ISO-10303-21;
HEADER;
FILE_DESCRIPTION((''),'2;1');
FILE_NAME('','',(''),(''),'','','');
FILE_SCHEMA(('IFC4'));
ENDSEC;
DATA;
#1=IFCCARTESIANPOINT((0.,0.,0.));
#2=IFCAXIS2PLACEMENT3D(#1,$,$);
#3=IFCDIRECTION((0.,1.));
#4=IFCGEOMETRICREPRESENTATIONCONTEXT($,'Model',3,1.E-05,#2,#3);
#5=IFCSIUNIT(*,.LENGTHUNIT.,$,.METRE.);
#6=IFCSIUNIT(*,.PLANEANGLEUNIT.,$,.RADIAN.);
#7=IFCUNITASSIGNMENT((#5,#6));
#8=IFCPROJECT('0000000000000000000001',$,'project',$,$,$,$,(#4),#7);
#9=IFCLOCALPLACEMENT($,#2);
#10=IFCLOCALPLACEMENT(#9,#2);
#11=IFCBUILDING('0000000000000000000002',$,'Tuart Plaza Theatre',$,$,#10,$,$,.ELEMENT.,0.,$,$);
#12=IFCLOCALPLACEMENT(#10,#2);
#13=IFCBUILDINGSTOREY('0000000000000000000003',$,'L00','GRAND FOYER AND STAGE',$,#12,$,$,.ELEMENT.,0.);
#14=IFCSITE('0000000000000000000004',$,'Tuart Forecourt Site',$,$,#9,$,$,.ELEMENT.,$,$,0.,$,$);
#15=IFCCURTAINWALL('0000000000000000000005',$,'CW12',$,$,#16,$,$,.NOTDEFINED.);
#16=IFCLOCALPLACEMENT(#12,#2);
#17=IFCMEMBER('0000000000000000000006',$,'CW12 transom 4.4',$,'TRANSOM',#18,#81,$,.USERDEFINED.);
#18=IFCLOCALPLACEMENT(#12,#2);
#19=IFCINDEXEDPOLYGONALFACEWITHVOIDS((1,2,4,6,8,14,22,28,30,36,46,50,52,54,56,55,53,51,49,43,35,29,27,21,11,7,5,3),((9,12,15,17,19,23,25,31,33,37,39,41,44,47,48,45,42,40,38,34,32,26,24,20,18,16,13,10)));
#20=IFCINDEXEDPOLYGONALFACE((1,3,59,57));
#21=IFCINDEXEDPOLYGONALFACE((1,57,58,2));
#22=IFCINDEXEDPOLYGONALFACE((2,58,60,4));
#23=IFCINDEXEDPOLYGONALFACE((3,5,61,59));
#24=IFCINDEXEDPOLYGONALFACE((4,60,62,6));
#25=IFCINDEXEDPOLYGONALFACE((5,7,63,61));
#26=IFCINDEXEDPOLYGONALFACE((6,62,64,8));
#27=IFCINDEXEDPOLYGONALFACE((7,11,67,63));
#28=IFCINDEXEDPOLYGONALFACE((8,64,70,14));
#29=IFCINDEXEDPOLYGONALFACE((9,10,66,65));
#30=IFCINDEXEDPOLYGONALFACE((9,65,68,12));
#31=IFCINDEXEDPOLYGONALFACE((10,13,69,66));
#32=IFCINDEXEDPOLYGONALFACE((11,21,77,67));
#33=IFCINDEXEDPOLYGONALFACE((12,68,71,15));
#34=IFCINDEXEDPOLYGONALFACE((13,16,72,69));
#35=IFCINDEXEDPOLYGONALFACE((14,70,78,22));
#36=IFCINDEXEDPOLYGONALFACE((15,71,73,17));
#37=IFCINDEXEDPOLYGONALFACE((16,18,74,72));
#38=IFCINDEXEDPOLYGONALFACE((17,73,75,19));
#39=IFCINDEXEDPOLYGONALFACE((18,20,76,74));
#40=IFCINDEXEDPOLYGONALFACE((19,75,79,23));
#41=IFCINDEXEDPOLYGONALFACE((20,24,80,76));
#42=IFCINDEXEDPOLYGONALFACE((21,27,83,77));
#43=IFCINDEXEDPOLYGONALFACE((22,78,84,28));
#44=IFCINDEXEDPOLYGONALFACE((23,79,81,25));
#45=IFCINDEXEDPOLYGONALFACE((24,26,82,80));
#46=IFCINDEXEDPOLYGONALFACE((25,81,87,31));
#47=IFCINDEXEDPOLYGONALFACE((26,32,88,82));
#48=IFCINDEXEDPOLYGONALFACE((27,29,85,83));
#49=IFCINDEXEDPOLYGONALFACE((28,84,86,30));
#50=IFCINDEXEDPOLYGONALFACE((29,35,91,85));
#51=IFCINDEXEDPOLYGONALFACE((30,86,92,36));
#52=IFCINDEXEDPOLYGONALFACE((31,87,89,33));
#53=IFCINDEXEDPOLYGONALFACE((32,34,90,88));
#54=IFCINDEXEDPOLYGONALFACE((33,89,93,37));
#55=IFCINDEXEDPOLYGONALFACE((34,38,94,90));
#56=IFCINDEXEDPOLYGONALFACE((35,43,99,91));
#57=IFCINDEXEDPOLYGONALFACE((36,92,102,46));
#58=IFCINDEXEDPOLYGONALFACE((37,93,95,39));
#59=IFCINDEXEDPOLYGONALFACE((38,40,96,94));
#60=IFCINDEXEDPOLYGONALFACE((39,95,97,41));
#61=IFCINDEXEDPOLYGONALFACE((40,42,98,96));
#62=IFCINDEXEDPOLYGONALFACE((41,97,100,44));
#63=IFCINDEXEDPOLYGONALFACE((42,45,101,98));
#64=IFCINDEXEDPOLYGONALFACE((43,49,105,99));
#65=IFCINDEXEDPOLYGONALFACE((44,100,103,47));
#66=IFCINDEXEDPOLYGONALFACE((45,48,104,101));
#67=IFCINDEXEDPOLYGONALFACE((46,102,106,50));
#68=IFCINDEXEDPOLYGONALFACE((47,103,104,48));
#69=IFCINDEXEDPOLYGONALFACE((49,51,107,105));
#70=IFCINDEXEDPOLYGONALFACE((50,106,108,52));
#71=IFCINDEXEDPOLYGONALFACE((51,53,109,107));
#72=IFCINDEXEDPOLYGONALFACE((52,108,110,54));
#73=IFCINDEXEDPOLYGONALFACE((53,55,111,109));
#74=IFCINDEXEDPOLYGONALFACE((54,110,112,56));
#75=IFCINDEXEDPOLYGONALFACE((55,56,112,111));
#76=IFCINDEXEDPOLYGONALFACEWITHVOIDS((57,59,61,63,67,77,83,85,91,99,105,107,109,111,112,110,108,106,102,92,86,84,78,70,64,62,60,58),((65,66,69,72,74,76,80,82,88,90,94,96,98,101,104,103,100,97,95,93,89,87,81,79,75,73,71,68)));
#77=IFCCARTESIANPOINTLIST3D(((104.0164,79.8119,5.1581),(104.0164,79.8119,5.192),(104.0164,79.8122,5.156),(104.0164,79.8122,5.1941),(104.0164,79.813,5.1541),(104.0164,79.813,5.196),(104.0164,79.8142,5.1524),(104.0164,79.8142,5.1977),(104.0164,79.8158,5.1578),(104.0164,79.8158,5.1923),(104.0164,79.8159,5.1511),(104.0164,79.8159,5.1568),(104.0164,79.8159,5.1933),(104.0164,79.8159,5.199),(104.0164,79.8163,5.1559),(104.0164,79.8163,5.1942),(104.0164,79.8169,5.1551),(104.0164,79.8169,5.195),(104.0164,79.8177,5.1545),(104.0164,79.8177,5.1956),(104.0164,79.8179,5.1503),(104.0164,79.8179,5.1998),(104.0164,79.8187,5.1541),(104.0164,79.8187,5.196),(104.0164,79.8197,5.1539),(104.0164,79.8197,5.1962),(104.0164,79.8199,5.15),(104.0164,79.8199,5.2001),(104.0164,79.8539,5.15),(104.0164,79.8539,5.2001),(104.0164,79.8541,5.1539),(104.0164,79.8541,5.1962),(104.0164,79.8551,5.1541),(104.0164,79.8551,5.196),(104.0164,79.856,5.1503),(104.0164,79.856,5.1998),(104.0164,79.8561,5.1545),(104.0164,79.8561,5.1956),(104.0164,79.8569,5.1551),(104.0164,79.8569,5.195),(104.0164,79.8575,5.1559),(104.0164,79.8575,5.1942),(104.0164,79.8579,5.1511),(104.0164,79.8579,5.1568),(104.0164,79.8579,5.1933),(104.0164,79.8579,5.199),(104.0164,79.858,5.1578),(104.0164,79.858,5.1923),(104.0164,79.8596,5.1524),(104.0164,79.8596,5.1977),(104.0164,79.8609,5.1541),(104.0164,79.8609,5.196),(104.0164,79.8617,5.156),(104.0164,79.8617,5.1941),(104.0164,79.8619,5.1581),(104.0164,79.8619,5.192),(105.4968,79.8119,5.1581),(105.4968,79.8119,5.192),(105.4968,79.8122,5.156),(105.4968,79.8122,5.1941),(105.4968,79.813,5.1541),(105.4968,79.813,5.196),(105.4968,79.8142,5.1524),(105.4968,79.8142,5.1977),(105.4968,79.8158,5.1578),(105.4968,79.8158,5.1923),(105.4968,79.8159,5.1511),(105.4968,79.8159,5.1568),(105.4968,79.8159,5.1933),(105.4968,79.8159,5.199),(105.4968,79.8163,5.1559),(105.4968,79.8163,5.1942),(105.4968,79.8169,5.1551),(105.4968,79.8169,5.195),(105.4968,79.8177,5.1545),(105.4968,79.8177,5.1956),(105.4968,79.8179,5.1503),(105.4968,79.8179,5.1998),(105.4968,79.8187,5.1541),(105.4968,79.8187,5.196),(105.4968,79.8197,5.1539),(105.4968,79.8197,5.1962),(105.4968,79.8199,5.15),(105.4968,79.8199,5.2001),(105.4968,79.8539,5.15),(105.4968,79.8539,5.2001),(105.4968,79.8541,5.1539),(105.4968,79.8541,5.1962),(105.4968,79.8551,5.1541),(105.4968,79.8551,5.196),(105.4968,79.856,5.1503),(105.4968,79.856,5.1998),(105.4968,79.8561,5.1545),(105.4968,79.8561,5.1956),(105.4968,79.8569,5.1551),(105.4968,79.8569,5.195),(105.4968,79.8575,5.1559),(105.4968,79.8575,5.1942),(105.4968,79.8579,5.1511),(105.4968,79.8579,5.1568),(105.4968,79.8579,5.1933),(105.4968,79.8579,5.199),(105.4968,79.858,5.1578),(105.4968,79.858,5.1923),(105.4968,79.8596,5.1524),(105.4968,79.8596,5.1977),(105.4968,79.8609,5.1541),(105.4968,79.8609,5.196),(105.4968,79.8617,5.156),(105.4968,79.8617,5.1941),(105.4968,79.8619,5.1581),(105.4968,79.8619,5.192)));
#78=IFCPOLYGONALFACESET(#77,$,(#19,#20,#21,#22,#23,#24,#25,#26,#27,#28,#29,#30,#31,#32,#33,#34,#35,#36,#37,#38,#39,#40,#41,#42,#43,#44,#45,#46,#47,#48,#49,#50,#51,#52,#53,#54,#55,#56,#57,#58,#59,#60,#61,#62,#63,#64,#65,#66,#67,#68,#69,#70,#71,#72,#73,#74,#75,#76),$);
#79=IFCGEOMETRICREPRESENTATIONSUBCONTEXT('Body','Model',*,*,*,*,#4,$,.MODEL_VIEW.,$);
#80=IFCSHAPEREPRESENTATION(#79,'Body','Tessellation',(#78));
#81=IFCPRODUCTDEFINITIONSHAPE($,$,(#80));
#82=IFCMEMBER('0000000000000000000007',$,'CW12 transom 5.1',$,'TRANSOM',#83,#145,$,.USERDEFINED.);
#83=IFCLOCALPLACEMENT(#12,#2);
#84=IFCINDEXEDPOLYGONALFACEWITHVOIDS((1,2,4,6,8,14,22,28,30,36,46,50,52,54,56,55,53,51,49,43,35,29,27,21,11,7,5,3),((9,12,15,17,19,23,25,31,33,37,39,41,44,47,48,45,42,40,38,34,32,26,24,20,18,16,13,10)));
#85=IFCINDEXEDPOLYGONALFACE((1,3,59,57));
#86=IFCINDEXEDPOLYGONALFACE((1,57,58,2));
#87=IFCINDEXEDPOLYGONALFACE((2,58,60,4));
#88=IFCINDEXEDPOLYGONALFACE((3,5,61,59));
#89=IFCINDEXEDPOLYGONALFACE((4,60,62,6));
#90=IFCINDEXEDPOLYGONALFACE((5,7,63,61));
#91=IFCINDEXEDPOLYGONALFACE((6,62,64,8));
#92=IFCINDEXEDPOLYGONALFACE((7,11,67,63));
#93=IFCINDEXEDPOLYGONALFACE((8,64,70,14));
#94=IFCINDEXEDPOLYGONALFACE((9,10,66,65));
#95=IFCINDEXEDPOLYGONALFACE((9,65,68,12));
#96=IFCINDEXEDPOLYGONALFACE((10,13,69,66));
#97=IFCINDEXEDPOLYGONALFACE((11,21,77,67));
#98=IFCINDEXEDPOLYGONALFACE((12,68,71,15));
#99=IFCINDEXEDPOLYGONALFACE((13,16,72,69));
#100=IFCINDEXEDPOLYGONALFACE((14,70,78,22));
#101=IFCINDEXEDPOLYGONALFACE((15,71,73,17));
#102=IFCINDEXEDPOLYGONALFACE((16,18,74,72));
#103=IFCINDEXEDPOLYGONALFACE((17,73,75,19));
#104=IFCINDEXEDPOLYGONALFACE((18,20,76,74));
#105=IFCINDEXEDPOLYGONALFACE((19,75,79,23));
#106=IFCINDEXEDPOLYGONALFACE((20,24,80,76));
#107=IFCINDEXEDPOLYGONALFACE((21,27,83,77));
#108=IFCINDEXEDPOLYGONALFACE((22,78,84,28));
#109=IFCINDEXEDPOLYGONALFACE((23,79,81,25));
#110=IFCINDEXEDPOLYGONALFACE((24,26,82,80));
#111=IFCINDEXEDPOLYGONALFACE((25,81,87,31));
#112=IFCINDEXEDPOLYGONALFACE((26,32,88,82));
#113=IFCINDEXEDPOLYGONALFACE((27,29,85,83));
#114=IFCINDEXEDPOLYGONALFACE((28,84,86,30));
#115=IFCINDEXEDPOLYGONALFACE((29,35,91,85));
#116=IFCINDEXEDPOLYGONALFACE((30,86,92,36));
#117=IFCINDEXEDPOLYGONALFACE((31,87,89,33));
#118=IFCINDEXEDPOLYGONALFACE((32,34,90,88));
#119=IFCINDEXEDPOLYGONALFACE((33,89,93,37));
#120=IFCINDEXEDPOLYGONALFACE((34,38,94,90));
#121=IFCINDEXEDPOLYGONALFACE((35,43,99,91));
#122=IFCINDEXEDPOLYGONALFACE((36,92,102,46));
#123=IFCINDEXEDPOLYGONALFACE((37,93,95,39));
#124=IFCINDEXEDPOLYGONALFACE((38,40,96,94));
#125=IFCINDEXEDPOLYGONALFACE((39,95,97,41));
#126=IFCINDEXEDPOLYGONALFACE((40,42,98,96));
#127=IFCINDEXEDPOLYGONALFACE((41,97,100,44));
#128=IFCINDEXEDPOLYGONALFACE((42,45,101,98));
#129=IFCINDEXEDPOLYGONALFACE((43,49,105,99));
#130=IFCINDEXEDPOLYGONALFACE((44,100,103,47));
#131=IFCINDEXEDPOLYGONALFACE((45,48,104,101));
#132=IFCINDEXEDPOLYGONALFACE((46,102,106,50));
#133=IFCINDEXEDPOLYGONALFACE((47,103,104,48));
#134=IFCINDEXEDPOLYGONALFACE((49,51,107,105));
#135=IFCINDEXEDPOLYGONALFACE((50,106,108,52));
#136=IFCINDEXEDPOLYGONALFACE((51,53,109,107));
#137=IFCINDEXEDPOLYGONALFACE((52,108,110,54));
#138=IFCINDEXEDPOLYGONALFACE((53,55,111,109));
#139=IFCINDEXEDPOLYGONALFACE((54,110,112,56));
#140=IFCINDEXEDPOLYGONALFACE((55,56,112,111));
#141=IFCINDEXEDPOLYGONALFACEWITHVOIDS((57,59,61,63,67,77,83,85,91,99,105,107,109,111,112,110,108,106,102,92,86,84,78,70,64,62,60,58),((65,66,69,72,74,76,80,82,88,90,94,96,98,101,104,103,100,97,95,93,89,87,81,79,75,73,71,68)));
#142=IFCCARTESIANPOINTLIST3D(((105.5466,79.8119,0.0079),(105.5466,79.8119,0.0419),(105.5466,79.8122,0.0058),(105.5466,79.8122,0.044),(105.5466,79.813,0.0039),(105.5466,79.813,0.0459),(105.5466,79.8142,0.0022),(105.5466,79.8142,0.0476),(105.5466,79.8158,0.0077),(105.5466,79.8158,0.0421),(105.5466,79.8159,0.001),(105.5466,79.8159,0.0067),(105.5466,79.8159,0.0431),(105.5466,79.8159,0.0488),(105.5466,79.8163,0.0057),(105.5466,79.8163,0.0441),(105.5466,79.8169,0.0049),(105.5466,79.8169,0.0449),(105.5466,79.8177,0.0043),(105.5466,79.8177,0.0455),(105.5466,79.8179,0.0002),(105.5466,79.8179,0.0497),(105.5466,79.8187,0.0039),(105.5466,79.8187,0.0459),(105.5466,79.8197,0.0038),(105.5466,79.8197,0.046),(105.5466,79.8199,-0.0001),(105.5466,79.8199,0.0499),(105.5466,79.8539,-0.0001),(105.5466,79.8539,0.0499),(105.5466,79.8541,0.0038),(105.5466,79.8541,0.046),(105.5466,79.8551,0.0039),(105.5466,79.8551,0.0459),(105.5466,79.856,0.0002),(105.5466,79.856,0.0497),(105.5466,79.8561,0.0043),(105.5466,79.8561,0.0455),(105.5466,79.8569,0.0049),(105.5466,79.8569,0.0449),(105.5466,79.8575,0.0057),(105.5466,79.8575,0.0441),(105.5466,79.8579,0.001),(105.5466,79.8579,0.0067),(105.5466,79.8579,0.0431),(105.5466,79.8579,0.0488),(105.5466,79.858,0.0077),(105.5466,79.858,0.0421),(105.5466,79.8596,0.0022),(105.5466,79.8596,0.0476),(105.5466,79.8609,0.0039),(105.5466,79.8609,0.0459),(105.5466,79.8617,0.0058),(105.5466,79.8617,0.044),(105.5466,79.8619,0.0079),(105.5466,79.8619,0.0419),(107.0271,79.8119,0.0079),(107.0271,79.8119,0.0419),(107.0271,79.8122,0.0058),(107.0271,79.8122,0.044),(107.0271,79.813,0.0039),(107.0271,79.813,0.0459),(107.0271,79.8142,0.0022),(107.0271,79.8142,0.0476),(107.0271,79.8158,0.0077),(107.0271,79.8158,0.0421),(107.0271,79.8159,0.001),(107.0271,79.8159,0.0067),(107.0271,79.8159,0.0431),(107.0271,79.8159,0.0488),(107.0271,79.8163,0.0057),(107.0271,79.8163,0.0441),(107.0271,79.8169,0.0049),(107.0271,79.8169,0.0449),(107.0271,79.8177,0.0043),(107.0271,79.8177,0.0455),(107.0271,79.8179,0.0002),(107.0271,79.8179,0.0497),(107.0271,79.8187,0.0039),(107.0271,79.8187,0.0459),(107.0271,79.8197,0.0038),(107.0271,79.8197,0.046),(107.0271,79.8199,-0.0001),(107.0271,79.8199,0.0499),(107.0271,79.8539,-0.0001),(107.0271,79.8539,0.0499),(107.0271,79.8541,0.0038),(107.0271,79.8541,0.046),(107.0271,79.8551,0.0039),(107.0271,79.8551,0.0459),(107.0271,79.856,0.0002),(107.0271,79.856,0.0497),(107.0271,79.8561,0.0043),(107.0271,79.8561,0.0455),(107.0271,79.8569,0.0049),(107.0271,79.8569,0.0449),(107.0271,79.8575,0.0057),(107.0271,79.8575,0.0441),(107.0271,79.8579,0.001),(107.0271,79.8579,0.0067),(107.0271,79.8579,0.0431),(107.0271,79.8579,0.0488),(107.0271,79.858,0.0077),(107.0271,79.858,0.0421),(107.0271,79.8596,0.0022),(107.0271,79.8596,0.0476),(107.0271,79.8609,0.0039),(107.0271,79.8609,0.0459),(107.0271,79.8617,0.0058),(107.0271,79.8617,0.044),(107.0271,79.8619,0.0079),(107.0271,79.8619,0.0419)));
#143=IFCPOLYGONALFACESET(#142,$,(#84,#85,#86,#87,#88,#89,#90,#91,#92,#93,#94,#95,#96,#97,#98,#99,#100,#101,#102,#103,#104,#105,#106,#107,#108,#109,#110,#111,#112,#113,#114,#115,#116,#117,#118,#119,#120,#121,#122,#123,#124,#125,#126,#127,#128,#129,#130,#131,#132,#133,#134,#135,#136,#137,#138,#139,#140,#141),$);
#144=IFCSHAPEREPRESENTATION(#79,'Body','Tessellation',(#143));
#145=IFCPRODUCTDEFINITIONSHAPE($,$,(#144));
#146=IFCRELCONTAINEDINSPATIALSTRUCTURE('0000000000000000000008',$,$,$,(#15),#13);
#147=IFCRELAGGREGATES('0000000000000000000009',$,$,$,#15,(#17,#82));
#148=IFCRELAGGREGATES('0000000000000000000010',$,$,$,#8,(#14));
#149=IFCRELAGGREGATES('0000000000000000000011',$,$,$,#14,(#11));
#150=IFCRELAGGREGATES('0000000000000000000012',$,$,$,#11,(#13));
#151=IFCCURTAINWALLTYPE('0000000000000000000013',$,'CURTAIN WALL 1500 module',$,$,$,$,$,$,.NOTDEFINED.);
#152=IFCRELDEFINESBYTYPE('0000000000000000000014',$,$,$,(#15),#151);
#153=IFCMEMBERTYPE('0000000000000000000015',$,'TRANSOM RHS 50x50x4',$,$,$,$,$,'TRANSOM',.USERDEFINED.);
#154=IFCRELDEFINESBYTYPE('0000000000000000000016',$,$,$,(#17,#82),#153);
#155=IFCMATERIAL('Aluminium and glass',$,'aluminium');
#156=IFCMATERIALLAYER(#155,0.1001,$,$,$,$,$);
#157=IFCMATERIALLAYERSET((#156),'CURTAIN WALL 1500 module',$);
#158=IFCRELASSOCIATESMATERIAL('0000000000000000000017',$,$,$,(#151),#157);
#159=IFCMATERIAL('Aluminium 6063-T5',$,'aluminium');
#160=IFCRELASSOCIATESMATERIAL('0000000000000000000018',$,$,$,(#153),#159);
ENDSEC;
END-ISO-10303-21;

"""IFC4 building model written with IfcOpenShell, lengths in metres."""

from ifc_helpers import new_model, si_unit, direction, frame, origin, origin_2d, place, context, subcontext, project, spatial, hollow_rectangle, extrude, material, layer, layer_set, material_profile, profile_set, type_object, element, aggregate, save


model = new_model("IFC4")

# Units and contexts
model_context = context("Model", 3, precision=1e-05, world=origin(), true_north=direction((0.0, 1.0)))
body_context = subcontext(model_context, "Body", "Model", "MODEL_VIEW")
ifc_project = project(units=[si_unit("LENGTHUNIT", "METRE"), si_unit("PLANEANGLEUNIT", "RADIAN")], contexts=[model_context])

# Site, building, storey
site_placement = place(None, origin())
site = spatial("IfcSite", under=ifc_project, at=site_placement, Name="Tuart Forecourt Site", CompositionType="ELEMENT", RefElevation=0.0)
building_placement = place(site_placement, origin())
building = spatial("IfcBuilding", under=site, at=building_placement, Name="Tuart Plaza Theatre", CompositionType="ELEMENT", ElevationOfRefHeight=0.0)
storey_placement = place(building_placement, origin())
storey = spatial("IfcBuildingStorey", under=building, at=storey_placement, Name="L00", Description="GRAND FOYER AND STAGE", CompositionType="ELEMENT", Elevation=0.0)

# Curtain wall, members
ifc_material_1 = material(Name="Aluminium and glass", Category="aluminium")
ifc_layer_1 = layer(ifc_material_1, 0.1001)
ifc_layer_set_1 = layer_set([ifc_layer_1], Name="CURTAIN WALL 1500 module")
curtain_wall_type = type_object("IfcCurtainWallType", Name="CURTAIN WALL 1500 module", PredefinedType="NOTDEFINED", material=ifc_layer_set_1)
curtain_wall_placement = place(storey_placement, origin())
curtain_wall = element("IfcCurtainWall", 1, at=curtain_wall_placement, inside=storey, type_object=curtain_wall_type, Name="CW12", PredefinedType="NOTDEFINED")
ifc_material_2 = material(Name="Aluminium 6063-T5", Category="aluminium")
ifc_material_profile_1 = material_profile(ifc_material_2, hollow_rectangle(XDim=0.05, YDim=0.05, WallThickness=0.0039, InnerFilletRadius=0.0039, OuterFilletRadius=0.0081, at=origin_2d()), Name="RHS 50x50x4")
ifc_profile_set_1 = profile_set([ifc_material_profile_1], Name="Aluminium 6063-T5")
member_type_1 = type_object("IfcMemberType", Name="TRANSOM RHS 50x50x4", ElementType="TRANSOM", PredefinedType="USERDEFINED", material=ifc_profile_set_1)
member_1_placement = place(storey_placement, frame((104.0164, 79.8369, 5.175), z_axis=(1.0, 0.0, 0.0), x_axis=(0.0, 1.0, 0.0)))
member_1 = element("IfcMember", 2, at=member_1_placement, type_object=member_type_1, Name="CW12 transom 4.4", ObjectType="TRANSOM", PredefinedType="USERDEFINED", context=body_context, shape_type="SweptSolid", body=[
    extrude(hollow_rectangle(XDim=0.05, YDim=0.05, WallThickness=0.0039, InnerFilletRadius=0.0039, OuterFilletRadius=0.0081, at=origin_2d()), origin(), (0.0, 0.0, 1.0), 1.4805),
])
member_2_placement = place(storey_placement, frame((105.5466, 79.8369, 0.0249), z_axis=(1.0, 0.0, 0.0), x_axis=(0.0, 1.0, 0.0)))
member_2 = element("IfcMember", 3, at=member_2_placement, type_object=member_type_1, Name="CW12 transom 5.1", ObjectType="TRANSOM", PredefinedType="USERDEFINED", context=body_context, shape_type="SweptSolid", body=[
    extrude(hollow_rectangle(XDim=0.05, YDim=0.05, WallThickness=0.0039, InnerFilletRadius=0.0039, OuterFilletRadius=0.0081, at=origin_2d()), origin(), (0.0, 0.0, 1.0), 1.4805),
])
aggregate(curtain_wall, [member_1, member_2])

save(model, "model.ifc")
